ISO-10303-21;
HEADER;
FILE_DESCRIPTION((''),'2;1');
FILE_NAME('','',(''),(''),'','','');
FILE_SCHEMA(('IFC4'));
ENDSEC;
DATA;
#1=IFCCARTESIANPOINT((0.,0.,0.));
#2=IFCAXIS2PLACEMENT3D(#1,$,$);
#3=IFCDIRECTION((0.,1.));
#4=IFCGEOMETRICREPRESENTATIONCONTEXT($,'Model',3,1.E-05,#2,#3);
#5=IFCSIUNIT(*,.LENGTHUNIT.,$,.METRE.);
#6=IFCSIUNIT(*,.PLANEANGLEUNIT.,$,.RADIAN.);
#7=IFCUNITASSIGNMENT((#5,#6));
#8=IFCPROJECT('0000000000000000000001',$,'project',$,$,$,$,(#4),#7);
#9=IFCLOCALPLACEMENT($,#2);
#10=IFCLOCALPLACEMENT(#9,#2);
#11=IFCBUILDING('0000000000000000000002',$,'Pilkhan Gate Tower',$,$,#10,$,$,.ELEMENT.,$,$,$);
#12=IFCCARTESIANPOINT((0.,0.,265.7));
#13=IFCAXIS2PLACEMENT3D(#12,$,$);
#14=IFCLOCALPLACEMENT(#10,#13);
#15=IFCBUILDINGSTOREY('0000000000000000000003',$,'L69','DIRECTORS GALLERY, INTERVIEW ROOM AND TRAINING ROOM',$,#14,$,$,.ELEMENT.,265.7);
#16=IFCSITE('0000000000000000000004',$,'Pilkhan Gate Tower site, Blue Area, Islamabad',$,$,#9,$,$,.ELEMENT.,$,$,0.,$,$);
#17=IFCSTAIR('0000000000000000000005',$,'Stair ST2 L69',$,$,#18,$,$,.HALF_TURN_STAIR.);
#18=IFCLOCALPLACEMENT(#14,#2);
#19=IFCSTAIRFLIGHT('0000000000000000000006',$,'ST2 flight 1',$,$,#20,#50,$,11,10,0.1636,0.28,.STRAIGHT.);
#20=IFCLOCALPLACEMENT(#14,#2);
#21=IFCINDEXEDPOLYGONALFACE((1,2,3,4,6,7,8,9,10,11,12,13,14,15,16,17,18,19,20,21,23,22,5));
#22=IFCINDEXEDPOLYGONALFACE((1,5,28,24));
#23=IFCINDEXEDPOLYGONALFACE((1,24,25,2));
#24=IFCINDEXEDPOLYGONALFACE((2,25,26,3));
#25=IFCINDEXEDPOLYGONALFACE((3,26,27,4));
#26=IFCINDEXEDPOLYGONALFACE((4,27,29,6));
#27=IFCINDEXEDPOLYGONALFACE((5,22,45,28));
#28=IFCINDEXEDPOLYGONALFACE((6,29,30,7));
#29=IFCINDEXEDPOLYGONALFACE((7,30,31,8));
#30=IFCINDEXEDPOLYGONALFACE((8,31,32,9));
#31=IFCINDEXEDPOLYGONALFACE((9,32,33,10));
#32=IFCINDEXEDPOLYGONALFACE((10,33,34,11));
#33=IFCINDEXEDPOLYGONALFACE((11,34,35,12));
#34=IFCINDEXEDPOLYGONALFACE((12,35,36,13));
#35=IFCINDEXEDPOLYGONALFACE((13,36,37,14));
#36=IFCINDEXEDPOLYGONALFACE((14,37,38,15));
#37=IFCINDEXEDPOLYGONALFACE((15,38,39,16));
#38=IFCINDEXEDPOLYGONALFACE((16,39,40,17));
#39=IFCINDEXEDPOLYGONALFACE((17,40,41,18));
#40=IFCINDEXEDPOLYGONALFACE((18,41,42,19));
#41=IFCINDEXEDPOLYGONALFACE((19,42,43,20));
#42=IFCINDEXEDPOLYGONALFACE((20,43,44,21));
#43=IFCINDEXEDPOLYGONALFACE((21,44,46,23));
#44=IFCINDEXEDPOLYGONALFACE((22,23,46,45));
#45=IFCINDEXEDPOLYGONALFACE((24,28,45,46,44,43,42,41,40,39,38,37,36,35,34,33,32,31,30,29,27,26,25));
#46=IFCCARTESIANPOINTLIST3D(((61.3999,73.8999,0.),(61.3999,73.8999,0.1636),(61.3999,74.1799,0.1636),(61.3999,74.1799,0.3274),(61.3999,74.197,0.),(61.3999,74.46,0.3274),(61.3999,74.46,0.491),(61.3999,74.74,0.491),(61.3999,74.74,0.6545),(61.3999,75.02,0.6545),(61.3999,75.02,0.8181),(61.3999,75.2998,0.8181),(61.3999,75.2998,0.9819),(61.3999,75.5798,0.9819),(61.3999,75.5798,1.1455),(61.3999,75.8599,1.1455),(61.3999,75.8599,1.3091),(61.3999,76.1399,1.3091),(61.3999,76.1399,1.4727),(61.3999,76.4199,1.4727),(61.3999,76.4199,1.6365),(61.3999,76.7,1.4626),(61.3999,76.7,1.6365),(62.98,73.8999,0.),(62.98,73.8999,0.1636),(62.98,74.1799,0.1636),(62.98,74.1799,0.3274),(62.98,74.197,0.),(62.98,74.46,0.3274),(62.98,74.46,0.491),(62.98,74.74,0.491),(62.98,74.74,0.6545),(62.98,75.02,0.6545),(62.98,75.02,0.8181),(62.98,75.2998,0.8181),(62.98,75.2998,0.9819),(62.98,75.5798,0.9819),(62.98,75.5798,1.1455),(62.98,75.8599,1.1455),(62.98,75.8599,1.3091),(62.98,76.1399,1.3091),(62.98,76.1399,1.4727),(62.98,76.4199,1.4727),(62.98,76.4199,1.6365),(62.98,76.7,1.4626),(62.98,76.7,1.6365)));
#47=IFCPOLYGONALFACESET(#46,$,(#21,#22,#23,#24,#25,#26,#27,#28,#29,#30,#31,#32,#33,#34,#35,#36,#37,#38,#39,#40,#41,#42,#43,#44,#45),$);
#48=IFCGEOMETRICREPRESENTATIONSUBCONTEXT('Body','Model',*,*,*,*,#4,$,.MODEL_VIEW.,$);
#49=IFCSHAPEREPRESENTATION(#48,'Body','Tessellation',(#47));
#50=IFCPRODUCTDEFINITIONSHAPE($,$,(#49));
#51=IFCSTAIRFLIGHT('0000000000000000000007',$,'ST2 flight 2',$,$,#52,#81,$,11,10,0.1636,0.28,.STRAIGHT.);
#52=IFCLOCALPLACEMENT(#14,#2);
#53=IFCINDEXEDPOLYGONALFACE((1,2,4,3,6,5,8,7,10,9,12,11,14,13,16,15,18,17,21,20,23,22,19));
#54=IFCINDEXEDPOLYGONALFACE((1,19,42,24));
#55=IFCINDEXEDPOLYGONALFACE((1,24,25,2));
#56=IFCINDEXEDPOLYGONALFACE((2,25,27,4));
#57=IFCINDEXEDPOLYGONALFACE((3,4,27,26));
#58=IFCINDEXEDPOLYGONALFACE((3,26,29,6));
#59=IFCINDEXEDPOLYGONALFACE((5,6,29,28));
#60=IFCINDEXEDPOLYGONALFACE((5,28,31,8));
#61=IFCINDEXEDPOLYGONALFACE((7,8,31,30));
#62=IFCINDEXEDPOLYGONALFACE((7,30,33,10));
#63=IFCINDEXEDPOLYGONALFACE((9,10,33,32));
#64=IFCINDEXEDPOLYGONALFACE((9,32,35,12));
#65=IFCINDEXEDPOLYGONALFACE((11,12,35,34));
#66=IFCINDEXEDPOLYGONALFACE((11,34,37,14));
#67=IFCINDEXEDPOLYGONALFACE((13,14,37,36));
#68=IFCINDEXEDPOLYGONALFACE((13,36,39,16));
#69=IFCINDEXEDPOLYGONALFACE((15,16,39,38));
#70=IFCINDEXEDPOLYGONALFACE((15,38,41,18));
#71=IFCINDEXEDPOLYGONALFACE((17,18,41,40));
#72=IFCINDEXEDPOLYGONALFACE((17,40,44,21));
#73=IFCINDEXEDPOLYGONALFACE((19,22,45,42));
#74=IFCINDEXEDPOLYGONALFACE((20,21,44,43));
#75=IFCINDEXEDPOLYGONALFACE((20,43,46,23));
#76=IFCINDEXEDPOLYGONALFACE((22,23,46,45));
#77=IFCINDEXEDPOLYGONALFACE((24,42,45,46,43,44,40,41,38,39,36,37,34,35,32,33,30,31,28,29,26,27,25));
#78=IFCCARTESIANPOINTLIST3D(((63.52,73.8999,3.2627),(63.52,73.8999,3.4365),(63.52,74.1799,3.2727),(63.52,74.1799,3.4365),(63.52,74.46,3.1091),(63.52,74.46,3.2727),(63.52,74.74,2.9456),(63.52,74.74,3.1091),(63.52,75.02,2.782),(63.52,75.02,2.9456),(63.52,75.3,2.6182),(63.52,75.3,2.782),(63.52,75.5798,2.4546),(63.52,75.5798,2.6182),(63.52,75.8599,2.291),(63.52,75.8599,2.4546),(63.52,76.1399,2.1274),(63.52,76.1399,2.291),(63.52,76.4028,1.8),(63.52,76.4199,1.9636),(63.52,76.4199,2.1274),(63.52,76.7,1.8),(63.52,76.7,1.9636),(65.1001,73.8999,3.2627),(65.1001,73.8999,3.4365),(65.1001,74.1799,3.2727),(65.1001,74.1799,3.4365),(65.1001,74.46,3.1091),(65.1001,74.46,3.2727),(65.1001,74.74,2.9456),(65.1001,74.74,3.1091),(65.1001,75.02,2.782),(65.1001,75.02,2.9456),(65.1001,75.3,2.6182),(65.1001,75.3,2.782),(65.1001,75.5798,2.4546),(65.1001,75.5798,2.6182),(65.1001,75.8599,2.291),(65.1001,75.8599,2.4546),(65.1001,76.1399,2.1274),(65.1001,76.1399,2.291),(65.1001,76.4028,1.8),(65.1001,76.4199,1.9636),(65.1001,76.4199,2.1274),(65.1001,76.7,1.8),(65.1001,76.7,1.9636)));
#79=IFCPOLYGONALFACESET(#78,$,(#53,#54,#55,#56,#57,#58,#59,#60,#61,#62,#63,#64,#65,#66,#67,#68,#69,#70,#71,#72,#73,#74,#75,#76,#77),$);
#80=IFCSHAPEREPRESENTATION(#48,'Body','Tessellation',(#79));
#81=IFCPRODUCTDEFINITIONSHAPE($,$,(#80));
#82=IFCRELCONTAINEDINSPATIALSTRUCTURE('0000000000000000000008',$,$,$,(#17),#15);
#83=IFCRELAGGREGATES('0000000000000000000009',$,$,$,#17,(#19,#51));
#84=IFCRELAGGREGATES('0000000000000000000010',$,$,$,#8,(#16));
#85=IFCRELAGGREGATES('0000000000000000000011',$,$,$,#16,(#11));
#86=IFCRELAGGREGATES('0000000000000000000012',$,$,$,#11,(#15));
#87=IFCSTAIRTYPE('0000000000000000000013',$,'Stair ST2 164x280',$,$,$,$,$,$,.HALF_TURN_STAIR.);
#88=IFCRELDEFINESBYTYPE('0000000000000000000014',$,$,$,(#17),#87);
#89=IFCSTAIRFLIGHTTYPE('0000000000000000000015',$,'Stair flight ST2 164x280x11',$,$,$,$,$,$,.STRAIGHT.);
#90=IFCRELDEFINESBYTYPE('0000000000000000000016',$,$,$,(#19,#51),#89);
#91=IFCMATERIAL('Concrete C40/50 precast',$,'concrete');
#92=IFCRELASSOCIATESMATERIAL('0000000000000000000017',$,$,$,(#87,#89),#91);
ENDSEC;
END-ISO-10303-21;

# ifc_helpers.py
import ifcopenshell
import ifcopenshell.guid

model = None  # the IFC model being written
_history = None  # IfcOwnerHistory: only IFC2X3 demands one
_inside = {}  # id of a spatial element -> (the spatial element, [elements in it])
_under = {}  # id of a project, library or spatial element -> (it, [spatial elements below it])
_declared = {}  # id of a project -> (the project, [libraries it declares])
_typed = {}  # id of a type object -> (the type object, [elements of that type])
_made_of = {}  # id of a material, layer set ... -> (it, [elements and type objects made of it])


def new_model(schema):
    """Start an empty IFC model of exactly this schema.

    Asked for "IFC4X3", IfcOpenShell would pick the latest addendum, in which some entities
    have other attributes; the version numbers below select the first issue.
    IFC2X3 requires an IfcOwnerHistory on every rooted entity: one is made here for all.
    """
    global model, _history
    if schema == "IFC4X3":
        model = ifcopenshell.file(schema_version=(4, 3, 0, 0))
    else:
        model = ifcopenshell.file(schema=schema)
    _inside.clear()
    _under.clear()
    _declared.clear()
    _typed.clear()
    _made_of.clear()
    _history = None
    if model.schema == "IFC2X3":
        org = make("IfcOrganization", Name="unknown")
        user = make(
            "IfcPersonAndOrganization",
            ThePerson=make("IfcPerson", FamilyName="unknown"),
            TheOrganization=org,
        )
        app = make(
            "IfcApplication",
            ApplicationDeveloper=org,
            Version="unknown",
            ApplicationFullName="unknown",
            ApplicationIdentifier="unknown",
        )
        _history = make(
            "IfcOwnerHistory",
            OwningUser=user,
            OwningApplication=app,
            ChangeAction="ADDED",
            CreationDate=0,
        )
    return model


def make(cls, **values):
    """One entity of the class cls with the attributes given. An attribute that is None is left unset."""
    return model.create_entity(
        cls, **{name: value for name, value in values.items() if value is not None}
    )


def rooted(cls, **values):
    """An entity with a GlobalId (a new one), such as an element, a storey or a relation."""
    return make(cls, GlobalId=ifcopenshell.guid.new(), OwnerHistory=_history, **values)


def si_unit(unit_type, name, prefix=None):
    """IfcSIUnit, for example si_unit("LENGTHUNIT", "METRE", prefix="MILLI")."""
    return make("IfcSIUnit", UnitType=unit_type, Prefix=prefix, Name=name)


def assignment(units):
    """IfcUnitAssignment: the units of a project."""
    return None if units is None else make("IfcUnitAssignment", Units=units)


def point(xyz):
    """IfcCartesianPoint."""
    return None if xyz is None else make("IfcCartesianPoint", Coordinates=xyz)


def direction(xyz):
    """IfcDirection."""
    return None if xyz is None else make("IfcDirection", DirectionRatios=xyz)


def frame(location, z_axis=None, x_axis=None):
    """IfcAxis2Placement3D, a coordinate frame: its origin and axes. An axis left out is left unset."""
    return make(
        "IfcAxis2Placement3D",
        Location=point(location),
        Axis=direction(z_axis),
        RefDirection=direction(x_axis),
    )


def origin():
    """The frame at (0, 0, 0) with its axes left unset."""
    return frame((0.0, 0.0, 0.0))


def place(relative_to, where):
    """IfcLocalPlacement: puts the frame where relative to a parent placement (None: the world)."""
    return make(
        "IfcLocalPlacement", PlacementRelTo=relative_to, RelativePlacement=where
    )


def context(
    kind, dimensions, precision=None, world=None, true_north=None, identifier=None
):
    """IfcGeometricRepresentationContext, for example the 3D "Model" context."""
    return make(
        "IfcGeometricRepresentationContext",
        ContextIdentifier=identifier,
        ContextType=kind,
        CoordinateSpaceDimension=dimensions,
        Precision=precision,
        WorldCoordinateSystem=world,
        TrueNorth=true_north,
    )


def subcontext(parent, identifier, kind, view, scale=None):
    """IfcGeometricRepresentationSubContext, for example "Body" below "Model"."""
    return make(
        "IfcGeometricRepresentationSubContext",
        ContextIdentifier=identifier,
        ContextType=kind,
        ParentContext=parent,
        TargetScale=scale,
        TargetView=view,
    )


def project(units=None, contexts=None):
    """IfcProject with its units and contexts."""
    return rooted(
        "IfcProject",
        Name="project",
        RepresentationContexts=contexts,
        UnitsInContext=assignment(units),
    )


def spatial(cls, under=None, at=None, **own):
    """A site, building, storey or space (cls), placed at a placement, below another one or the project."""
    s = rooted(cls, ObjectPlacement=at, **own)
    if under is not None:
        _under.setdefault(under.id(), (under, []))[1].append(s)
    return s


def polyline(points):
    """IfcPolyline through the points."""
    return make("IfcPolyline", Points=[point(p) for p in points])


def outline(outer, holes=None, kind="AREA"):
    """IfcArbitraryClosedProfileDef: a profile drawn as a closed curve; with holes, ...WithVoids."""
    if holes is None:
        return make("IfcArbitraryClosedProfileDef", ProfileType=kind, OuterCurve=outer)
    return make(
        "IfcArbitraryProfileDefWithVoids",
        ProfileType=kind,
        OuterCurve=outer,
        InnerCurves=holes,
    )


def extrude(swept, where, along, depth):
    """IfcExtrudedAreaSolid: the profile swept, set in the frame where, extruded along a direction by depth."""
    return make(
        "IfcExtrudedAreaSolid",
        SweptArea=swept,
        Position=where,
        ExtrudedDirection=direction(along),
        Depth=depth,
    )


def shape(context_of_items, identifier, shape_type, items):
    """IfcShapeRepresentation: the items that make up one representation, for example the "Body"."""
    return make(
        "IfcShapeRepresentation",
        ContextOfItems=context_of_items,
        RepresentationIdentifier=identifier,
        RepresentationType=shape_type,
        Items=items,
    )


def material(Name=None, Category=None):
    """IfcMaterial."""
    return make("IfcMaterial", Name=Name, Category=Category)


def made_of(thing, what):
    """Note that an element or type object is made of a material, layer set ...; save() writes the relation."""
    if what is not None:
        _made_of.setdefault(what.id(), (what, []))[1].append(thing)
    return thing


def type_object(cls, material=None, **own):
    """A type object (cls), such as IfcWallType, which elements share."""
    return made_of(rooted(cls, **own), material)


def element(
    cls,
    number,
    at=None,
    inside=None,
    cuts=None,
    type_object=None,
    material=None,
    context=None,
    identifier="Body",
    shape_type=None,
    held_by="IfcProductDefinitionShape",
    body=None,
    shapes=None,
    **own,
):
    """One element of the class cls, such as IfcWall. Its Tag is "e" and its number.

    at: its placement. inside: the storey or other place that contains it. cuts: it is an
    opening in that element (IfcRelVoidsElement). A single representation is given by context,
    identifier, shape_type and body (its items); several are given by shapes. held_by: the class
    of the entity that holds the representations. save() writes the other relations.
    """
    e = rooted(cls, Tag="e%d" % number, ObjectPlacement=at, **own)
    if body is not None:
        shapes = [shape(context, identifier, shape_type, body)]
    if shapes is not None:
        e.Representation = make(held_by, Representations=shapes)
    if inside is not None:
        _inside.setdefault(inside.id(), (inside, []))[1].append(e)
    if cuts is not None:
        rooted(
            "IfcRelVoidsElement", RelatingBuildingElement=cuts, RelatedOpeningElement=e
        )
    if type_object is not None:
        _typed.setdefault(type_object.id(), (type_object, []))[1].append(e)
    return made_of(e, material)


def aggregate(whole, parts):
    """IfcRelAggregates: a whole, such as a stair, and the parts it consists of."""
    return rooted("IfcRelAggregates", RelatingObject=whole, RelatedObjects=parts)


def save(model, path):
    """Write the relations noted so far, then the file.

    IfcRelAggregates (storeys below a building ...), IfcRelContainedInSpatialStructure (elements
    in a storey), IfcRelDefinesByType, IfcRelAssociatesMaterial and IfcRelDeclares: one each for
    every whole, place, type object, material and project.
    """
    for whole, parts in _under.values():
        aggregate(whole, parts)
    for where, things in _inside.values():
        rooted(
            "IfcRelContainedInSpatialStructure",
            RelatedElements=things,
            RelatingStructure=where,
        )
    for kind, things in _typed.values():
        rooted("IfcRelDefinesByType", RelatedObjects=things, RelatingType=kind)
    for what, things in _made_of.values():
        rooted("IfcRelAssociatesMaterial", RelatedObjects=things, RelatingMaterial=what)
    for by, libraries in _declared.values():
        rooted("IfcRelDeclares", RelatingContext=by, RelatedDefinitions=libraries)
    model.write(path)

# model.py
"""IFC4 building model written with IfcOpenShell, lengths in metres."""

from ifc_helpers import new_model, si_unit, direction, frame, origin, place, context, subcontext, project, spatial, polyline, outline, extrude, material, type_object, element, aggregate, save


model = new_model("IFC4")

# Units and contexts
model_context = context("Model", 3, precision=1e-05, world=origin(), true_north=direction((0.0, 1.0)))
body_context = subcontext(model_context, "Body", "Model", "MODEL_VIEW")
ifc_project = project(units=[si_unit("LENGTHUNIT", "METRE"), si_unit("PLANEANGLEUNIT", "RADIAN")], contexts=[model_context])

# Site, building, storey
site_placement = place(None, origin())
site = spatial("IfcSite", under=ifc_project, at=site_placement, Name="Pilkhan Gate Tower site, Blue Area, Islamabad", CompositionType="ELEMENT", RefElevation=0.0)
building_placement = place(site_placement, origin())
building = spatial("IfcBuilding", under=site, at=building_placement, Name="Pilkhan Gate Tower", CompositionType="ELEMENT")
storey_placement = place(building_placement, frame((0.0, 0.0, 265.7)))
storey = spatial("IfcBuildingStorey", under=building, at=storey_placement, Name="L69", Description="DIRECTORS GALLERY, INTERVIEW ROOM AND TRAINING ROOM", CompositionType="ELEMENT", Elevation=265.7)

# Stair, stair flights
ifc_material_1 = material(Name="Concrete C40/50 precast", Category="concrete")
stair_type = type_object("IfcStairType", Name="Stair ST2 164x280", PredefinedType="HALF_TURN_STAIR", material=ifc_material_1)
stair_placement = place(storey_placement, origin())
stair = element("IfcStair", 1, at=stair_placement, inside=storey, type_object=stair_type, Name="Stair ST2 L69", PredefinedType="HALF_TURN_STAIR")
stair_flight_type = type_object("IfcStairFlightType", Name="Stair flight ST2 164x280x11", PredefinedType="STRAIGHT", material=ifc_material_1)
stair_flight_1_placement = place(storey_placement, frame((62.1899, 73.8999, 0.0), z_axis=(0.0, 0.0, 1.0), x_axis=(0.0, 1.0, 0.0)))
stair_flight_1 = element("IfcStairFlight", 2, at=stair_flight_1_placement, type_object=stair_flight_type, Name="ST2 flight 1", NumberOfRisers=11, NumberOfTreads=10, PredefinedType="STRAIGHT", RiserHeight=0.1636, TreadLength=0.28, context=body_context, shape_type="SweptSolid", body=[
    extrude(outline(polyline([(0.0, 0.0), (0.0, 0.1636), (0.28, 0.1636), (0.28, 0.3274), (0.5601, 0.3274), (0.5601, 0.491), (0.8401, 0.491), (0.8401, 0.6545), (1.1201, 0.6545), (1.1201, 0.8181), (1.3999, 0.8181), (1.3999, 0.9819), (1.6799, 0.9819), (1.6799, 1.1455), (1.96, 1.1455), (1.96, 1.3091), (2.24, 1.3091), (2.24, 1.4727), (2.52, 1.4727), (2.52, 1.6365), (2.8, 1.6365), (2.8, 1.8), (2.8, 1.4626), (0.2971, 0.0), (0.0, 0.0)])), frame((0.0, 0.79, 0.0), z_axis=(0.0, -1.0, 0.0), x_axis=(1.0, 0.0, 0.0)), (0.0, 0.0, 1.0), 1.5801),
])
stair_flight_2_placement = place(storey_placement, frame((64.3101, 76.7, 1.8), z_axis=(0.0, 0.0, 1.0), x_axis=(0.0, -1.0, 0.0)))
stair_flight_2 = element("IfcStairFlight", 3, at=stair_flight_2_placement, type_object=stair_flight_type, Name="ST2 flight 2", NumberOfRisers=11, NumberOfTreads=10, PredefinedType="STRAIGHT", RiserHeight=0.1636, TreadLength=0.28, context=body_context, shape_type="SweptSolid", body=[
    extrude(outline(polyline([(0.0, 0.0), (0.0, 0.1636), (0.28, 0.1636), (0.28, 0.3274), (0.5601, 0.3274), (0.5601, 0.491), (0.8401, 0.491), (0.8401, 0.6545), (1.1201, 0.6545), (1.1201, 0.8181), (1.3999, 0.8181), (1.3999, 0.9819), (1.6799, 0.9819), (1.6799, 1.1455), (1.96, 1.1455), (1.96, 1.3091), (2.24, 1.3091), (2.24, 1.4727), (2.52, 1.4727), (2.52, 1.6365), (2.8, 1.6365), (2.8, 1.8), (2.8, 1.4626), (0.2971, 0.0), (0.0, 0.0)])), frame((0.0, 0.79, 0.0), z_axis=(0.0, -1.0, 0.0), x_axis=(1.0, 0.0, 0.0)), (0.0, 0.0, 1.0), 1.5801),
])
aggregate(stair, [stair_flight_1, stair_flight_2])

save(model, "model.ifc")
